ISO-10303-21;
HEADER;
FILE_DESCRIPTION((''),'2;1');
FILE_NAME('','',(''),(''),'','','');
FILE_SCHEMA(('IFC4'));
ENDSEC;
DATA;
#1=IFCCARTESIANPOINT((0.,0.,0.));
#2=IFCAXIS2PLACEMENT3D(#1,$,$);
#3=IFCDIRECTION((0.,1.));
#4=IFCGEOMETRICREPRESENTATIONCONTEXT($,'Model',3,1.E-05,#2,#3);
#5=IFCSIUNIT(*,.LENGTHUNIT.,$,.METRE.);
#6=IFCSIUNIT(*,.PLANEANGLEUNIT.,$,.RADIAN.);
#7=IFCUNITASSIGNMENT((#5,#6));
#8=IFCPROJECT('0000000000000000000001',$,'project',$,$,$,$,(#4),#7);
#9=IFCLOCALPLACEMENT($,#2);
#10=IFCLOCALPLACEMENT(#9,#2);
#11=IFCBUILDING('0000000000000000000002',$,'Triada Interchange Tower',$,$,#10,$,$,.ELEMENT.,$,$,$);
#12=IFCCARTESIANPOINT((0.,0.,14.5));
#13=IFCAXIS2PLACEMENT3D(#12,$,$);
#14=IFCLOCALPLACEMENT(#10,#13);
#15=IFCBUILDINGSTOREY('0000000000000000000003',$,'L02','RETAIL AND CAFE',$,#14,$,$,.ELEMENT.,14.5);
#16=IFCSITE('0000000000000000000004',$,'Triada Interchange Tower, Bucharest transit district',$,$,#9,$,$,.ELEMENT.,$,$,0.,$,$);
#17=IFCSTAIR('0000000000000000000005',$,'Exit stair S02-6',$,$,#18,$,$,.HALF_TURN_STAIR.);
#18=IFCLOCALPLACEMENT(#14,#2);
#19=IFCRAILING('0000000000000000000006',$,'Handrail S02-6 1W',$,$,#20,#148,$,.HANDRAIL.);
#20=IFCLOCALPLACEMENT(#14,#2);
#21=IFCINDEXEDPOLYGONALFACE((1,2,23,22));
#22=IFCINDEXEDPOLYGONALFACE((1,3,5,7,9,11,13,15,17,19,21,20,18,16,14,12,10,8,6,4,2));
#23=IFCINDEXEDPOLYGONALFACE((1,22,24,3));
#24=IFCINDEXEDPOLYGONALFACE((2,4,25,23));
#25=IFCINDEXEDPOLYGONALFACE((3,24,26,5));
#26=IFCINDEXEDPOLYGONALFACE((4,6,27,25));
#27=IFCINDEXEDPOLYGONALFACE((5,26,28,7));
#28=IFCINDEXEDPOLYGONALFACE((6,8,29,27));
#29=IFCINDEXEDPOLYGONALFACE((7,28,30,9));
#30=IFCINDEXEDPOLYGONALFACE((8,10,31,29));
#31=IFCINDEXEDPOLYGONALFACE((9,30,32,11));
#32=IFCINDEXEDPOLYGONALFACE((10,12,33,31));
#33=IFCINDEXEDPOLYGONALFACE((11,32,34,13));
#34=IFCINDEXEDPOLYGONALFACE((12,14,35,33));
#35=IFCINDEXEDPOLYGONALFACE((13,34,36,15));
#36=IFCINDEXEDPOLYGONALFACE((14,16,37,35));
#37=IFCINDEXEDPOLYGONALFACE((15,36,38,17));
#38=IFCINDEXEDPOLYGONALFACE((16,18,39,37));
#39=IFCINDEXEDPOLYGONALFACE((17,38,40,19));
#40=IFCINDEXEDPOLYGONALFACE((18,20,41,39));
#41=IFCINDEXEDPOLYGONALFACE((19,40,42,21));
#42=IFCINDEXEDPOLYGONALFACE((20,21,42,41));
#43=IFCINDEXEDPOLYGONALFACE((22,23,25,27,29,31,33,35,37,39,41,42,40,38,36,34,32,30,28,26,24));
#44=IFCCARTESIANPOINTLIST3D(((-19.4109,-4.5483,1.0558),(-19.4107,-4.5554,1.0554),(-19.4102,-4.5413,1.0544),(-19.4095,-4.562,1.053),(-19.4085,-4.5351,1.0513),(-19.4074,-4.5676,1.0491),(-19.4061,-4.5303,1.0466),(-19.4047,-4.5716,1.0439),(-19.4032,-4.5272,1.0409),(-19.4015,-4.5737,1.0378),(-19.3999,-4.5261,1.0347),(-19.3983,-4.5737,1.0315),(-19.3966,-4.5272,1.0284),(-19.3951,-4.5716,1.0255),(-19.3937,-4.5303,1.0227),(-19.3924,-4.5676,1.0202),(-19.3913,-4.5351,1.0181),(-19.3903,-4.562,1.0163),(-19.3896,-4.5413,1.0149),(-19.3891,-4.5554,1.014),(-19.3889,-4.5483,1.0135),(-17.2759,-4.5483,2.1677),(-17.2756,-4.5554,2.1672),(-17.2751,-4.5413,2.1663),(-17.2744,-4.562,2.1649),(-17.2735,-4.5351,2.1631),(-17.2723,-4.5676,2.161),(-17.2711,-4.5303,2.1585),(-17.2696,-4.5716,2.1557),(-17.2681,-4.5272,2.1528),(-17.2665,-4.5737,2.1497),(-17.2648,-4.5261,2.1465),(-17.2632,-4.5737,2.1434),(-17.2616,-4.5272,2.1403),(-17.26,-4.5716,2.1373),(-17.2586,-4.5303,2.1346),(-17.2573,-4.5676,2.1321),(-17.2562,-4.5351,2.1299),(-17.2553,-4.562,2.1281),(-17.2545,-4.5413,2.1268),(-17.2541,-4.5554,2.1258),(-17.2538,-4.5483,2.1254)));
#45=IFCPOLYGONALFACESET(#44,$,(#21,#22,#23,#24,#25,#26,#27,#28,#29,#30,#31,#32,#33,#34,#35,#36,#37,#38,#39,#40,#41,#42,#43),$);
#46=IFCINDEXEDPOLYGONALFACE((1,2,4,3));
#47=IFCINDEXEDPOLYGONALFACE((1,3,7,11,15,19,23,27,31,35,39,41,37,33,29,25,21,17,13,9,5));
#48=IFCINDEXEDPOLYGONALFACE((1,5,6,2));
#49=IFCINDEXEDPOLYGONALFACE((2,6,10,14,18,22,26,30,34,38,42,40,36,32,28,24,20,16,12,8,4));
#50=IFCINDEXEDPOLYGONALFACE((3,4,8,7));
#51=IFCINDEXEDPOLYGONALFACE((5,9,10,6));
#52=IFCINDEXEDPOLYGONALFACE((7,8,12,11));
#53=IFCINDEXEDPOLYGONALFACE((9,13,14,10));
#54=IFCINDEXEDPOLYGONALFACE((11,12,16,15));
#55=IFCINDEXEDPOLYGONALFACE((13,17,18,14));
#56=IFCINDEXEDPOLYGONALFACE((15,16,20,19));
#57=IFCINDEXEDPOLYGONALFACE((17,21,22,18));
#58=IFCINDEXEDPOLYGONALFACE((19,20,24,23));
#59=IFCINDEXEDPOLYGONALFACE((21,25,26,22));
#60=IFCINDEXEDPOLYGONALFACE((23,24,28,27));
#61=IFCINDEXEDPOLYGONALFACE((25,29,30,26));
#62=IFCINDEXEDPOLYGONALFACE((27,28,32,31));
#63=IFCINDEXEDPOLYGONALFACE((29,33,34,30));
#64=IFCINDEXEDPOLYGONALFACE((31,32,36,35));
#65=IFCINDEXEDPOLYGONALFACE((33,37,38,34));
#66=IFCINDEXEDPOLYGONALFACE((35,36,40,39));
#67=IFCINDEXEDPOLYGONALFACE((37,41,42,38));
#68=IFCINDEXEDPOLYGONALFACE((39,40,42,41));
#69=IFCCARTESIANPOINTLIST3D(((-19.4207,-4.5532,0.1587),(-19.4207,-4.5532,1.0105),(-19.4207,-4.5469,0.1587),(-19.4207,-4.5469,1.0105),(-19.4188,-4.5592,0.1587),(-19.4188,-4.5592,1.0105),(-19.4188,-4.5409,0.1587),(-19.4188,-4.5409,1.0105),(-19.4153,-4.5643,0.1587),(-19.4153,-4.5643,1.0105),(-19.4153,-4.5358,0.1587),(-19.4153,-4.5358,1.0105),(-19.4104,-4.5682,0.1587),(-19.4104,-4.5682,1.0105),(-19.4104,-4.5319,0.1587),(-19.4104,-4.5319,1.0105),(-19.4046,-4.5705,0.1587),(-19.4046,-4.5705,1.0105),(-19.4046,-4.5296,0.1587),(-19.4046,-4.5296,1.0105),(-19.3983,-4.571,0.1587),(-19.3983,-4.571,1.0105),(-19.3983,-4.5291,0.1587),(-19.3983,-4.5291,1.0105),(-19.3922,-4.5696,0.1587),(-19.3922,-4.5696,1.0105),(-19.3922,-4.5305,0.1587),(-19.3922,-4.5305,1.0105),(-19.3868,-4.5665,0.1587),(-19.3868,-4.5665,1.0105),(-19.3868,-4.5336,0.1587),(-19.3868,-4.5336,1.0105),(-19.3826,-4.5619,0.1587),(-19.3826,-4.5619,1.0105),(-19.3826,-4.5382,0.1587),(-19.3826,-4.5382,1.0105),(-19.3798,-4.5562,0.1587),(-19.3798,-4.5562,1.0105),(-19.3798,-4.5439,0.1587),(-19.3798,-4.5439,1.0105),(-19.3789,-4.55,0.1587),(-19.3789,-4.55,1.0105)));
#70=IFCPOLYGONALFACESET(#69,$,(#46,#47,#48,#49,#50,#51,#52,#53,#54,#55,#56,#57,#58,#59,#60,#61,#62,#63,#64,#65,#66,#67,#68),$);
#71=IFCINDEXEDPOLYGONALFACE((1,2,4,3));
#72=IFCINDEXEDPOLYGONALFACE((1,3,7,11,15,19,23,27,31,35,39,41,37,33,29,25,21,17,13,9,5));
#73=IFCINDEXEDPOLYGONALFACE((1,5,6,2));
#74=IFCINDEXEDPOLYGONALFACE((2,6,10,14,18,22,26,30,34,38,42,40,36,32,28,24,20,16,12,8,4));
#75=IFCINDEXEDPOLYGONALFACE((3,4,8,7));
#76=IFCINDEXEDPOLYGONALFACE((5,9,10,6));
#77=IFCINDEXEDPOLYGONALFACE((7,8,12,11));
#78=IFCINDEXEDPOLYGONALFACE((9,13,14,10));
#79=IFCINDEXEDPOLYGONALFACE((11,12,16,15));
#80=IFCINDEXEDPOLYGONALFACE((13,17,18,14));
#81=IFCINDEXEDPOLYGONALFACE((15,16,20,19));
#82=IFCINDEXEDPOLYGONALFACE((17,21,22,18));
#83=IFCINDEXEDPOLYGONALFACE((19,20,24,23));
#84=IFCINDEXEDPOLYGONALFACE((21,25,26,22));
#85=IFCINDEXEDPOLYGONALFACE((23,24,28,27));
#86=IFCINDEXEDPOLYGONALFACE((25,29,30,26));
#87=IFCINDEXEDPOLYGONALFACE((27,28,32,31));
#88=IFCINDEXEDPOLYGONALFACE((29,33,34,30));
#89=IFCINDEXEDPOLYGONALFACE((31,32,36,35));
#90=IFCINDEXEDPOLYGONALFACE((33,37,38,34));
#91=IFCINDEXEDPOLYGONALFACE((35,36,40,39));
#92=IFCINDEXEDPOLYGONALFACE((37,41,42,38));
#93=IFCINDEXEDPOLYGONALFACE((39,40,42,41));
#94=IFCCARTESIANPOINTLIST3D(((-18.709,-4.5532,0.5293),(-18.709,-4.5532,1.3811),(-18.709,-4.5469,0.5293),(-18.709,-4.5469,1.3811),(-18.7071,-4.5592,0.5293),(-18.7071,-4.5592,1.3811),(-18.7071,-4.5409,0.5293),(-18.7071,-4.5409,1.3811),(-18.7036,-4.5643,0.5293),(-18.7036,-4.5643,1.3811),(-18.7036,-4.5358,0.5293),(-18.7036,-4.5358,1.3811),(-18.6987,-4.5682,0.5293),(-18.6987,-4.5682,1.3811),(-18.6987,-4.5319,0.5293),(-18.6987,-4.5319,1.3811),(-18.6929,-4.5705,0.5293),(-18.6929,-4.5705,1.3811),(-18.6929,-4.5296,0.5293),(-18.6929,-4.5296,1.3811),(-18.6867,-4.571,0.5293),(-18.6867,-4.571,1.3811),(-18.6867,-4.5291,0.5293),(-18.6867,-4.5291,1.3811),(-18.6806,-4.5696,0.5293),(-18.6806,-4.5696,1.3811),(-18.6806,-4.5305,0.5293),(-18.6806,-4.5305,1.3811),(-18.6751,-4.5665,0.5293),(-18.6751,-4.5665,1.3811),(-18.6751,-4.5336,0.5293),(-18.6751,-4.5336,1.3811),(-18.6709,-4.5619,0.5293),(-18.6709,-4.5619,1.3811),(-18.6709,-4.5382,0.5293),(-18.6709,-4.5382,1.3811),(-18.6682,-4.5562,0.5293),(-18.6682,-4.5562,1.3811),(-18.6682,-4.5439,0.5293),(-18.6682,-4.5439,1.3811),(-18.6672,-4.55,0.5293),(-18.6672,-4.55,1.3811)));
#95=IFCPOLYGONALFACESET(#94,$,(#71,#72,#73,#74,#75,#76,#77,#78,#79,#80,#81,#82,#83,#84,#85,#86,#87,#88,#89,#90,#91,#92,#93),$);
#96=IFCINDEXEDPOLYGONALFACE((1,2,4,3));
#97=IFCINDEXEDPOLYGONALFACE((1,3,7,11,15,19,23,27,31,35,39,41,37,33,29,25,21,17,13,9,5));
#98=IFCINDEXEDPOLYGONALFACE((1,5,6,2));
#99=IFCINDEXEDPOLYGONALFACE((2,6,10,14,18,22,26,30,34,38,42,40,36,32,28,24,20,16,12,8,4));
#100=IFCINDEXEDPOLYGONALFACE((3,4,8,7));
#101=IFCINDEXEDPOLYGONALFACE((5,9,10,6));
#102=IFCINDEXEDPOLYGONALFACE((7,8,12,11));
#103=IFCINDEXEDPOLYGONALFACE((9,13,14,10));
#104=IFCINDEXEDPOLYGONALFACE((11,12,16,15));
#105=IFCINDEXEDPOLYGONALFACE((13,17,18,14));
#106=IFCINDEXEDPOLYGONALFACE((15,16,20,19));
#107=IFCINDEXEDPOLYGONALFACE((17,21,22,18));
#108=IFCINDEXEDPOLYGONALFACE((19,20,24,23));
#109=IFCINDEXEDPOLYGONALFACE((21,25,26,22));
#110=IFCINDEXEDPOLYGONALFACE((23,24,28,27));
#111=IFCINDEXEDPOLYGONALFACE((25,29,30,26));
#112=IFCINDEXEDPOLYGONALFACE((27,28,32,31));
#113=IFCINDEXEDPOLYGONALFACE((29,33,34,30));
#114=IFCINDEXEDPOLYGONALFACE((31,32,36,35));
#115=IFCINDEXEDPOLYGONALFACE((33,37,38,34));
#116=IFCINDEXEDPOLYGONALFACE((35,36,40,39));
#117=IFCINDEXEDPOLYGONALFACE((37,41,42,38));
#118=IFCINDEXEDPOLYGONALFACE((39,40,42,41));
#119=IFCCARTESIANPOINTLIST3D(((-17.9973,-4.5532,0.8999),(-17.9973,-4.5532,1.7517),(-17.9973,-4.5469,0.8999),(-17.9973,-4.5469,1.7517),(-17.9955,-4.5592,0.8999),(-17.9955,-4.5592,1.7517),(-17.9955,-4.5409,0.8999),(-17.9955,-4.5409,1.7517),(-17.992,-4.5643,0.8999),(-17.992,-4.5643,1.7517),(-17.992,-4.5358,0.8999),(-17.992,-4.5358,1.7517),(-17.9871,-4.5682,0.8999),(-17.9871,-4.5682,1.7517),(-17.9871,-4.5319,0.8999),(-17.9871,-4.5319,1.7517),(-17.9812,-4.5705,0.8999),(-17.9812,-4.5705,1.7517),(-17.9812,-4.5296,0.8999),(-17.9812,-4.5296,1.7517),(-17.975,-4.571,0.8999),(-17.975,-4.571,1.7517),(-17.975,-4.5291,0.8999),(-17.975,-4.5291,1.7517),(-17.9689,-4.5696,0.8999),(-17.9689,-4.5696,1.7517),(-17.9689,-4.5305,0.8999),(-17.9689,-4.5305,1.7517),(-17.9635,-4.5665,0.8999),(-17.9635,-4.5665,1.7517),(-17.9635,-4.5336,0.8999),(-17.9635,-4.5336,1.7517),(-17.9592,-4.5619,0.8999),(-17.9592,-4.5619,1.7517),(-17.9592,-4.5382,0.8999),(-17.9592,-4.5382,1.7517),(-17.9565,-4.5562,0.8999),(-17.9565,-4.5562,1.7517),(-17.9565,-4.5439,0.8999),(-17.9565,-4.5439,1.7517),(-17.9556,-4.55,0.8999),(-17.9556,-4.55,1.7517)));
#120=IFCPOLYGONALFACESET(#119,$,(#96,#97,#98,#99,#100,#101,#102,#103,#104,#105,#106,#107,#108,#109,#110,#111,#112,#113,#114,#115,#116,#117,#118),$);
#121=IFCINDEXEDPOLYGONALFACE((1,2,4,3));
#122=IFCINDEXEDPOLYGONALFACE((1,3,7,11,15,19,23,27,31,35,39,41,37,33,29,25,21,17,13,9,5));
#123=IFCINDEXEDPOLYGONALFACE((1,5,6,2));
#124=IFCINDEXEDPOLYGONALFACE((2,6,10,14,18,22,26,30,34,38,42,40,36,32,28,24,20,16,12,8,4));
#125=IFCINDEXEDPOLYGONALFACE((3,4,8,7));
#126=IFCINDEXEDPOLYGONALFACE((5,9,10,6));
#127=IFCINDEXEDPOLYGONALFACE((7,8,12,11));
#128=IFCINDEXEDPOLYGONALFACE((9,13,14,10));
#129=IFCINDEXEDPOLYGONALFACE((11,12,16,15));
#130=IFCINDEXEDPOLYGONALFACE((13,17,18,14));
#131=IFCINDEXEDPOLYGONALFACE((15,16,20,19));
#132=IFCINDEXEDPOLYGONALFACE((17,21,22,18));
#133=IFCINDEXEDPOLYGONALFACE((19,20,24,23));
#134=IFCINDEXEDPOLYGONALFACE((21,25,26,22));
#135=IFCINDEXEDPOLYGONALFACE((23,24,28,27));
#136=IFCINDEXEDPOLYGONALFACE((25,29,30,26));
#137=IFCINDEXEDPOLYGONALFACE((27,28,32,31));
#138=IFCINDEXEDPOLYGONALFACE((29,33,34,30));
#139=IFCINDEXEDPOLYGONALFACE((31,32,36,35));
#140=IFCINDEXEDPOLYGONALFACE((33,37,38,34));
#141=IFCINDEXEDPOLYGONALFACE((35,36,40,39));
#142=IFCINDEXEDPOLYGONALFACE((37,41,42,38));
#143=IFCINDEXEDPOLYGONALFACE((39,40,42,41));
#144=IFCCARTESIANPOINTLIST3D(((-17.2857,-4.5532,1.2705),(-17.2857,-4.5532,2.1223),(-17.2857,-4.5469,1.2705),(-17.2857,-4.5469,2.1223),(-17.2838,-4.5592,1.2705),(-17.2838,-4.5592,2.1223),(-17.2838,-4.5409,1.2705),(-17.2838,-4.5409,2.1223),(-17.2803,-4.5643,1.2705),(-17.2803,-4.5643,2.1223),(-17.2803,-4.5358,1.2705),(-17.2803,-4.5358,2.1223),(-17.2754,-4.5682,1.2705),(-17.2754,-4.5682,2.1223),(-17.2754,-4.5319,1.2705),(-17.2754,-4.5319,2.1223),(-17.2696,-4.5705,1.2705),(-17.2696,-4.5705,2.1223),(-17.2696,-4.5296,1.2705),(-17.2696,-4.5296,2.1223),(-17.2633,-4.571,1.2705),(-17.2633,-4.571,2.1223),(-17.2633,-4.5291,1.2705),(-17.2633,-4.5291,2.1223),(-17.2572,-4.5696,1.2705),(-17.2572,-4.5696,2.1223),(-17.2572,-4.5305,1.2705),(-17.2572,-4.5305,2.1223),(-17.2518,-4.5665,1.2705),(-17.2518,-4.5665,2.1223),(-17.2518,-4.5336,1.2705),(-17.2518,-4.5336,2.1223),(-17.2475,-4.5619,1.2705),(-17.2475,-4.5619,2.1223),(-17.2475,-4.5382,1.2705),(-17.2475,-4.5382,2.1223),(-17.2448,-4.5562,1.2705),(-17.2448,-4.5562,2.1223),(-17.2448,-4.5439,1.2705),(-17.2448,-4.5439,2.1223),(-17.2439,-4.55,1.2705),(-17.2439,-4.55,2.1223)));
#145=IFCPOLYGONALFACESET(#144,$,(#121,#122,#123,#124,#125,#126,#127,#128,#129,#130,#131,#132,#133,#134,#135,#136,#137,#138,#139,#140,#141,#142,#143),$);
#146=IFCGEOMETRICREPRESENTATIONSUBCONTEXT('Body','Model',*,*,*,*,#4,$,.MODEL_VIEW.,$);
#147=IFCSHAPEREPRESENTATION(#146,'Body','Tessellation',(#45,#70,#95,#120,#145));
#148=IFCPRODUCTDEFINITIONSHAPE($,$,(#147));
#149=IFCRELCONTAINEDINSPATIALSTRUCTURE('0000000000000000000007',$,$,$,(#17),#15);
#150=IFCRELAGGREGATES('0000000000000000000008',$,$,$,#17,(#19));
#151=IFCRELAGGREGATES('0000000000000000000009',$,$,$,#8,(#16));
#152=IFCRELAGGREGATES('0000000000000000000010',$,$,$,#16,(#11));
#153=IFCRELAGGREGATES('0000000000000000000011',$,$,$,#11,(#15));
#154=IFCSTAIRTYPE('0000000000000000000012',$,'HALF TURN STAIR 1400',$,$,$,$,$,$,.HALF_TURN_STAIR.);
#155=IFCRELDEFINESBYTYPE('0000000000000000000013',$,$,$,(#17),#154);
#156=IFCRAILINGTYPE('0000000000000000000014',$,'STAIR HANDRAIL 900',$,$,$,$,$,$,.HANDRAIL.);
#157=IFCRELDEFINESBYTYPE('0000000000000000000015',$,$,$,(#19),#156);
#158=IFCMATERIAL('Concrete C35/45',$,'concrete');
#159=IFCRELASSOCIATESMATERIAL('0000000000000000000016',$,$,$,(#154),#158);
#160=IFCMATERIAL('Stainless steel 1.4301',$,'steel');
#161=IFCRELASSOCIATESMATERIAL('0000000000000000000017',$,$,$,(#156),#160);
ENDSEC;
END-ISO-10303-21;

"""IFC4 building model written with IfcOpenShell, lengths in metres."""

from ifc_helpers import new_model, si_unit, direction, frame, origin, origin_2d, place, context, subcontext, project, spatial, circle, extrude, material, type_object, element, aggregate, save


model = new_model("IFC4")

# Units and contexts
model_context = context("Model", 3, precision=1e-05, world=origin(), true_north=direction((0.0, 1.0)))
body_context = subcontext(model_context, "Body", "Model", "MODEL_VIEW")
ifc_project = project(units=[si_unit("LENGTHUNIT", "METRE"), si_unit("PLANEANGLEUNIT", "RADIAN")], contexts=[model_context])

# Site, building, storey
site_placement = place(None, origin())
site = spatial("IfcSite", under=ifc_project, at=site_placement, Name="Triada Interchange Tower, Bucharest transit district", CompositionType="ELEMENT", RefElevation=0.0)
building_placement = place(site_placement, origin())
building = spatial("IfcBuilding", under=site, at=building_placement, Name="Triada Interchange Tower", CompositionType="ELEMENT")
storey_placement = place(building_placement, frame((0.0, 0.0, 14.5)))
storey = spatial("IfcBuildingStorey", under=building, at=storey_placement, Name="L02", Description="RETAIL AND CAFE", CompositionType="ELEMENT", Elevation=14.5)

# Shared definitions
ifc_material_1 = material(Name="Concrete C35/45", Category="concrete")

# Stair, railing
stair_type = type_object("IfcStairType", Name="HALF TURN STAIR 1400", PredefinedType="HALF_TURN_STAIR", material=ifc_material_1)
stair_placement = place(storey_placement, origin())
stair = element("IfcStair", 1, at=stair_placement, inside=storey, type_object=stair_type, Name="Exit stair S02-6", PredefinedType="HALF_TURN_STAIR")
ifc_material_2 = material(Name="Stainless steel 1.4301", Category="steel")
railing_type_1 = type_object("IfcRailingType", Name="STAIR HANDRAIL 900", PredefinedType="HANDRAIL", material=ifc_material_2)
railing_1_placement = place(storey_placement, frame((-19.3999, -4.55, 0.1587)))
railing_1 = element("IfcRailing", 2, at=railing_1_placement, type_object=railing_type_1, Name="Handrail S02-6 1W", PredefinedType="HANDRAIL", context=body_context, shape_type="SweptSolid", body=[
    extrude(circle(Radius=0.0239, at=origin_2d()), frame((0.0, 0.0, 0.876), z_axis=(0.886943, 0.0, 0.46188), x_axis=(0.0, 1.0, 0.0)), (0.0, 0.0, 1.0), 2.4072),
    extrude(circle(Radius=0.021, at=origin_2d()), origin(), (0.0, 0.0, 1.0), 0.8518),
    extrude(circle(Radius=0.021, at=origin_2d()), frame((0.7117, 0.0, 0.3706)), (0.0, 0.0, 1.0), 0.8518),
    extrude(circle(Radius=0.021, at=origin_2d()), frame((1.4233, 0.0, 0.7412)), (0.0, 0.0, 1.0), 0.8518),
    extrude(circle(Radius=0.021, at=origin_2d()), frame((2.135, 0.0, 1.1118)), (0.0, 0.0, 1.0), 0.8518),
])
aggregate(stair, [railing_1])

save(model, "model.ifc")
